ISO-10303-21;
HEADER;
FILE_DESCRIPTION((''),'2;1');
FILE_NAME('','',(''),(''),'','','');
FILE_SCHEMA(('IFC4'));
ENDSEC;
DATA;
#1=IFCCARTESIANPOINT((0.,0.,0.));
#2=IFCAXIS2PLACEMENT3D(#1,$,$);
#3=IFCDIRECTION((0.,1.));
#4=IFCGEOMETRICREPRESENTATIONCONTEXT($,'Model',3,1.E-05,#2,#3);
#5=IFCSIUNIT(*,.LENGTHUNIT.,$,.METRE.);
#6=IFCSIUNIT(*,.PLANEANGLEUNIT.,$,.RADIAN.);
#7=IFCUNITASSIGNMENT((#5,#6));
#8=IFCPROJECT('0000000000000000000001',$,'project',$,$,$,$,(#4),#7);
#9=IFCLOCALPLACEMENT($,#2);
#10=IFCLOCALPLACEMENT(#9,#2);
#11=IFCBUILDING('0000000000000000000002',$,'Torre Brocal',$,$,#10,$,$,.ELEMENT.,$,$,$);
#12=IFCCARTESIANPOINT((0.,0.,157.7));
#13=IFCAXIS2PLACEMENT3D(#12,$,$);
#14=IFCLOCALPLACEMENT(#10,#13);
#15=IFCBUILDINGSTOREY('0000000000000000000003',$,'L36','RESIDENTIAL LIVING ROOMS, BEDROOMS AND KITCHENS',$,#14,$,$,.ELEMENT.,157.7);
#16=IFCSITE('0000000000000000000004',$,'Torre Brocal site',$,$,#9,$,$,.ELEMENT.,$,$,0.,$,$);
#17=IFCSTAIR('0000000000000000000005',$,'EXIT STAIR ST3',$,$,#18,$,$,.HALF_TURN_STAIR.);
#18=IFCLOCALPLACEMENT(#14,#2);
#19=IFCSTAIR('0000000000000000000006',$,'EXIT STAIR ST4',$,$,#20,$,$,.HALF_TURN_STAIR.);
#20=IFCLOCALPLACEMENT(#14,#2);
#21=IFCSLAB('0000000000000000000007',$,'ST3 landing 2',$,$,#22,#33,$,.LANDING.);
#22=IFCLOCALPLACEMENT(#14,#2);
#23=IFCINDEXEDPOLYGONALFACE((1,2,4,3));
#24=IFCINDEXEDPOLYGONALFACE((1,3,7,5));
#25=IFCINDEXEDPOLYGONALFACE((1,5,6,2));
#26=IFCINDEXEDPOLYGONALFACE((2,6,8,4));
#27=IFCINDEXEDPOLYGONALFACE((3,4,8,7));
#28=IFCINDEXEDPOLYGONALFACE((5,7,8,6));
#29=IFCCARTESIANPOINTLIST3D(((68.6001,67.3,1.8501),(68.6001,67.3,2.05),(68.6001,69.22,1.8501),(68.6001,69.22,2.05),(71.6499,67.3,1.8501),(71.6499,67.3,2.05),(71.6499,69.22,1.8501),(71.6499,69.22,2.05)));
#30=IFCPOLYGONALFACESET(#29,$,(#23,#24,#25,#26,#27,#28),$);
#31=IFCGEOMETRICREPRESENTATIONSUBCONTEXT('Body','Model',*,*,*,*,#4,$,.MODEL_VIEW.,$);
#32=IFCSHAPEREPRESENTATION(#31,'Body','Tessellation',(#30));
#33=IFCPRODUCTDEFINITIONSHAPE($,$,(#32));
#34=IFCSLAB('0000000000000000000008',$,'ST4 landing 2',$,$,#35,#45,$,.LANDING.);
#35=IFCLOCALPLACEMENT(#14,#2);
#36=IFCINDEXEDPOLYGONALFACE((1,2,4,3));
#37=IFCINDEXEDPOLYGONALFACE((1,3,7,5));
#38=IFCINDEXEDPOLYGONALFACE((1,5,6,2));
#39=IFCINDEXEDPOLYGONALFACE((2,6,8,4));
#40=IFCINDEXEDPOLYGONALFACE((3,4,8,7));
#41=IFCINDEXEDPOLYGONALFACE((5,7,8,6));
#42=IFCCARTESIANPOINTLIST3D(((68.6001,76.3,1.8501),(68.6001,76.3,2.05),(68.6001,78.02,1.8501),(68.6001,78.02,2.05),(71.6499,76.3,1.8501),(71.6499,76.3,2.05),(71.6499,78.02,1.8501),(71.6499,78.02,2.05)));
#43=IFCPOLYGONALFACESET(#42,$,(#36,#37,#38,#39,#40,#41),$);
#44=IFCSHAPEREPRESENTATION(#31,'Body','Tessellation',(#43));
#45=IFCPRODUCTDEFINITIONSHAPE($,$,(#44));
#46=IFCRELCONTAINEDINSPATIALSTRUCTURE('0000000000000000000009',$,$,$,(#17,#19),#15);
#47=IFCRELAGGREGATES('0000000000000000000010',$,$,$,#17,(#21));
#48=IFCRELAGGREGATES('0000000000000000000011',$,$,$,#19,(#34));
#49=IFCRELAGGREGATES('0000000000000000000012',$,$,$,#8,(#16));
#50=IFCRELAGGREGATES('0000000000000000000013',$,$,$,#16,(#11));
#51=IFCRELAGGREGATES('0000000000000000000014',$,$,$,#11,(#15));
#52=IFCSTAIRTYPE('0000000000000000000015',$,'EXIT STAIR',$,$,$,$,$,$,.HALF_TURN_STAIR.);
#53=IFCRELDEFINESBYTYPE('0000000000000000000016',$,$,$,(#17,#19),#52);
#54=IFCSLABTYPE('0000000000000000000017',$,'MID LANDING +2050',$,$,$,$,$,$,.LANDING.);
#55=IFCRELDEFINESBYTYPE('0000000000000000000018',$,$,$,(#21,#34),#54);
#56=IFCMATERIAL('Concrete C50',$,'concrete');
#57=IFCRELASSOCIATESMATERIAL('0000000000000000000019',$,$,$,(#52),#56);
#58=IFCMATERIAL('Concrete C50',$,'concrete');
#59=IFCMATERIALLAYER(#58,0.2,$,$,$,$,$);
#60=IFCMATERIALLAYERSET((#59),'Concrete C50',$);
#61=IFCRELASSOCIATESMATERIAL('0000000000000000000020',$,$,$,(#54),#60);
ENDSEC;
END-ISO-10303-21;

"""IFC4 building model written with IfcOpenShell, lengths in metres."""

from ifc_helpers import new_model, si_unit, direction, frame, origin, place, context, subcontext, project, spatial, polyline, outline, extrude, material, layer, layer_set, type_object, element, aggregate, save


model = new_model("IFC4")

# Units and contexts
model_context = context("Model", 3, precision=1e-05, world=origin(), true_north=direction((0.0, 1.0)))
body_context = subcontext(model_context, "Body", "Model", "MODEL_VIEW")
ifc_project = project(units=[si_unit("LENGTHUNIT", "METRE"), si_unit("PLANEANGLEUNIT", "RADIAN")], contexts=[model_context])

# Site, building, storey
site_placement = place(None, origin())
site = spatial("IfcSite", under=ifc_project, at=site_placement, Name="Torre Brocal site", CompositionType="ELEMENT", RefElevation=0.0)
building_placement = place(site_placement, origin())
building = spatial("IfcBuilding", under=site, at=building_placement, Name="Torre Brocal", CompositionType="ELEMENT")
storey_placement = place(building_placement, frame((0.0, 0.0, 157.7)))
storey = spatial("IfcBuildingStorey", under=building, at=storey_placement, Name="L36", Description="RESIDENTIAL LIVING ROOMS, BEDROOMS AND KITCHENS", CompositionType="ELEMENT", Elevation=157.7)

# Stairs
ifc_material_1 = material(Name="Concrete C50", Category="concrete")
stair_type = type_object("IfcStairType", Name="EXIT STAIR", PredefinedType="HALF_TURN_STAIR", material=ifc_material_1)
stair_1_placement = place(storey_placement, origin())
stair_1 = element("IfcStair", 1, at=stair_1_placement, inside=storey, type_object=stair_type, Name="EXIT STAIR ST3", PredefinedType="HALF_TURN_STAIR")
stair_2_placement = place(storey_placement, origin())
stair_2 = element("IfcStair", 2, at=stair_2_placement, inside=storey, type_object=stair_type, Name="EXIT STAIR ST4", PredefinedType="HALF_TURN_STAIR")

# Slabs
ifc_material_2 = material(Name="Concrete C50", Category="concrete")
ifc_layer_1 = layer(ifc_material_2, 0.2)
ifc_layer_set_1 = layer_set([ifc_layer_1], Name="Concrete C50")
slab_type_1 = type_object("IfcSlabType", Name="MID LANDING +2050", PredefinedType="LANDING", material=ifc_layer_set_1)
slab_1_placement = place(storey_placement, frame((0.0, 0.0, 1.8501)))
slab_1 = element("IfcSlab", 3, at=slab_1_placement, type_object=slab_type_1, Name="ST3 landing 2", PredefinedType="LANDING", context=body_context, shape_type="SweptSolid", body=[
    extrude(outline(polyline([(71.6499, 69.22), (68.6001, 69.22), (68.6001, 67.3), (71.6499, 67.3), (71.6499, 69.22)])), origin(), (0.0, 0.0, 1.0), 0.2),
])
aggregate(stair_1, [slab_1])
slab_2_placement = place(storey_placement, frame((0.0, 0.0, 1.8501)))
slab_2 = element("IfcSlab", 4, at=slab_2_placement, type_object=slab_type_1, Name="ST4 landing 2", PredefinedType="LANDING", context=body_context, shape_type="SweptSolid", body=[
    extrude(outline(polyline([(71.6499, 78.02), (68.6001, 78.02), (68.6001, 76.3), (71.6499, 76.3), (71.6499, 78.02)])), origin(), (0.0, 0.0, 1.0), 0.2),
])
aggregate(stair_2, [slab_2])

save(model, "model.ifc")
